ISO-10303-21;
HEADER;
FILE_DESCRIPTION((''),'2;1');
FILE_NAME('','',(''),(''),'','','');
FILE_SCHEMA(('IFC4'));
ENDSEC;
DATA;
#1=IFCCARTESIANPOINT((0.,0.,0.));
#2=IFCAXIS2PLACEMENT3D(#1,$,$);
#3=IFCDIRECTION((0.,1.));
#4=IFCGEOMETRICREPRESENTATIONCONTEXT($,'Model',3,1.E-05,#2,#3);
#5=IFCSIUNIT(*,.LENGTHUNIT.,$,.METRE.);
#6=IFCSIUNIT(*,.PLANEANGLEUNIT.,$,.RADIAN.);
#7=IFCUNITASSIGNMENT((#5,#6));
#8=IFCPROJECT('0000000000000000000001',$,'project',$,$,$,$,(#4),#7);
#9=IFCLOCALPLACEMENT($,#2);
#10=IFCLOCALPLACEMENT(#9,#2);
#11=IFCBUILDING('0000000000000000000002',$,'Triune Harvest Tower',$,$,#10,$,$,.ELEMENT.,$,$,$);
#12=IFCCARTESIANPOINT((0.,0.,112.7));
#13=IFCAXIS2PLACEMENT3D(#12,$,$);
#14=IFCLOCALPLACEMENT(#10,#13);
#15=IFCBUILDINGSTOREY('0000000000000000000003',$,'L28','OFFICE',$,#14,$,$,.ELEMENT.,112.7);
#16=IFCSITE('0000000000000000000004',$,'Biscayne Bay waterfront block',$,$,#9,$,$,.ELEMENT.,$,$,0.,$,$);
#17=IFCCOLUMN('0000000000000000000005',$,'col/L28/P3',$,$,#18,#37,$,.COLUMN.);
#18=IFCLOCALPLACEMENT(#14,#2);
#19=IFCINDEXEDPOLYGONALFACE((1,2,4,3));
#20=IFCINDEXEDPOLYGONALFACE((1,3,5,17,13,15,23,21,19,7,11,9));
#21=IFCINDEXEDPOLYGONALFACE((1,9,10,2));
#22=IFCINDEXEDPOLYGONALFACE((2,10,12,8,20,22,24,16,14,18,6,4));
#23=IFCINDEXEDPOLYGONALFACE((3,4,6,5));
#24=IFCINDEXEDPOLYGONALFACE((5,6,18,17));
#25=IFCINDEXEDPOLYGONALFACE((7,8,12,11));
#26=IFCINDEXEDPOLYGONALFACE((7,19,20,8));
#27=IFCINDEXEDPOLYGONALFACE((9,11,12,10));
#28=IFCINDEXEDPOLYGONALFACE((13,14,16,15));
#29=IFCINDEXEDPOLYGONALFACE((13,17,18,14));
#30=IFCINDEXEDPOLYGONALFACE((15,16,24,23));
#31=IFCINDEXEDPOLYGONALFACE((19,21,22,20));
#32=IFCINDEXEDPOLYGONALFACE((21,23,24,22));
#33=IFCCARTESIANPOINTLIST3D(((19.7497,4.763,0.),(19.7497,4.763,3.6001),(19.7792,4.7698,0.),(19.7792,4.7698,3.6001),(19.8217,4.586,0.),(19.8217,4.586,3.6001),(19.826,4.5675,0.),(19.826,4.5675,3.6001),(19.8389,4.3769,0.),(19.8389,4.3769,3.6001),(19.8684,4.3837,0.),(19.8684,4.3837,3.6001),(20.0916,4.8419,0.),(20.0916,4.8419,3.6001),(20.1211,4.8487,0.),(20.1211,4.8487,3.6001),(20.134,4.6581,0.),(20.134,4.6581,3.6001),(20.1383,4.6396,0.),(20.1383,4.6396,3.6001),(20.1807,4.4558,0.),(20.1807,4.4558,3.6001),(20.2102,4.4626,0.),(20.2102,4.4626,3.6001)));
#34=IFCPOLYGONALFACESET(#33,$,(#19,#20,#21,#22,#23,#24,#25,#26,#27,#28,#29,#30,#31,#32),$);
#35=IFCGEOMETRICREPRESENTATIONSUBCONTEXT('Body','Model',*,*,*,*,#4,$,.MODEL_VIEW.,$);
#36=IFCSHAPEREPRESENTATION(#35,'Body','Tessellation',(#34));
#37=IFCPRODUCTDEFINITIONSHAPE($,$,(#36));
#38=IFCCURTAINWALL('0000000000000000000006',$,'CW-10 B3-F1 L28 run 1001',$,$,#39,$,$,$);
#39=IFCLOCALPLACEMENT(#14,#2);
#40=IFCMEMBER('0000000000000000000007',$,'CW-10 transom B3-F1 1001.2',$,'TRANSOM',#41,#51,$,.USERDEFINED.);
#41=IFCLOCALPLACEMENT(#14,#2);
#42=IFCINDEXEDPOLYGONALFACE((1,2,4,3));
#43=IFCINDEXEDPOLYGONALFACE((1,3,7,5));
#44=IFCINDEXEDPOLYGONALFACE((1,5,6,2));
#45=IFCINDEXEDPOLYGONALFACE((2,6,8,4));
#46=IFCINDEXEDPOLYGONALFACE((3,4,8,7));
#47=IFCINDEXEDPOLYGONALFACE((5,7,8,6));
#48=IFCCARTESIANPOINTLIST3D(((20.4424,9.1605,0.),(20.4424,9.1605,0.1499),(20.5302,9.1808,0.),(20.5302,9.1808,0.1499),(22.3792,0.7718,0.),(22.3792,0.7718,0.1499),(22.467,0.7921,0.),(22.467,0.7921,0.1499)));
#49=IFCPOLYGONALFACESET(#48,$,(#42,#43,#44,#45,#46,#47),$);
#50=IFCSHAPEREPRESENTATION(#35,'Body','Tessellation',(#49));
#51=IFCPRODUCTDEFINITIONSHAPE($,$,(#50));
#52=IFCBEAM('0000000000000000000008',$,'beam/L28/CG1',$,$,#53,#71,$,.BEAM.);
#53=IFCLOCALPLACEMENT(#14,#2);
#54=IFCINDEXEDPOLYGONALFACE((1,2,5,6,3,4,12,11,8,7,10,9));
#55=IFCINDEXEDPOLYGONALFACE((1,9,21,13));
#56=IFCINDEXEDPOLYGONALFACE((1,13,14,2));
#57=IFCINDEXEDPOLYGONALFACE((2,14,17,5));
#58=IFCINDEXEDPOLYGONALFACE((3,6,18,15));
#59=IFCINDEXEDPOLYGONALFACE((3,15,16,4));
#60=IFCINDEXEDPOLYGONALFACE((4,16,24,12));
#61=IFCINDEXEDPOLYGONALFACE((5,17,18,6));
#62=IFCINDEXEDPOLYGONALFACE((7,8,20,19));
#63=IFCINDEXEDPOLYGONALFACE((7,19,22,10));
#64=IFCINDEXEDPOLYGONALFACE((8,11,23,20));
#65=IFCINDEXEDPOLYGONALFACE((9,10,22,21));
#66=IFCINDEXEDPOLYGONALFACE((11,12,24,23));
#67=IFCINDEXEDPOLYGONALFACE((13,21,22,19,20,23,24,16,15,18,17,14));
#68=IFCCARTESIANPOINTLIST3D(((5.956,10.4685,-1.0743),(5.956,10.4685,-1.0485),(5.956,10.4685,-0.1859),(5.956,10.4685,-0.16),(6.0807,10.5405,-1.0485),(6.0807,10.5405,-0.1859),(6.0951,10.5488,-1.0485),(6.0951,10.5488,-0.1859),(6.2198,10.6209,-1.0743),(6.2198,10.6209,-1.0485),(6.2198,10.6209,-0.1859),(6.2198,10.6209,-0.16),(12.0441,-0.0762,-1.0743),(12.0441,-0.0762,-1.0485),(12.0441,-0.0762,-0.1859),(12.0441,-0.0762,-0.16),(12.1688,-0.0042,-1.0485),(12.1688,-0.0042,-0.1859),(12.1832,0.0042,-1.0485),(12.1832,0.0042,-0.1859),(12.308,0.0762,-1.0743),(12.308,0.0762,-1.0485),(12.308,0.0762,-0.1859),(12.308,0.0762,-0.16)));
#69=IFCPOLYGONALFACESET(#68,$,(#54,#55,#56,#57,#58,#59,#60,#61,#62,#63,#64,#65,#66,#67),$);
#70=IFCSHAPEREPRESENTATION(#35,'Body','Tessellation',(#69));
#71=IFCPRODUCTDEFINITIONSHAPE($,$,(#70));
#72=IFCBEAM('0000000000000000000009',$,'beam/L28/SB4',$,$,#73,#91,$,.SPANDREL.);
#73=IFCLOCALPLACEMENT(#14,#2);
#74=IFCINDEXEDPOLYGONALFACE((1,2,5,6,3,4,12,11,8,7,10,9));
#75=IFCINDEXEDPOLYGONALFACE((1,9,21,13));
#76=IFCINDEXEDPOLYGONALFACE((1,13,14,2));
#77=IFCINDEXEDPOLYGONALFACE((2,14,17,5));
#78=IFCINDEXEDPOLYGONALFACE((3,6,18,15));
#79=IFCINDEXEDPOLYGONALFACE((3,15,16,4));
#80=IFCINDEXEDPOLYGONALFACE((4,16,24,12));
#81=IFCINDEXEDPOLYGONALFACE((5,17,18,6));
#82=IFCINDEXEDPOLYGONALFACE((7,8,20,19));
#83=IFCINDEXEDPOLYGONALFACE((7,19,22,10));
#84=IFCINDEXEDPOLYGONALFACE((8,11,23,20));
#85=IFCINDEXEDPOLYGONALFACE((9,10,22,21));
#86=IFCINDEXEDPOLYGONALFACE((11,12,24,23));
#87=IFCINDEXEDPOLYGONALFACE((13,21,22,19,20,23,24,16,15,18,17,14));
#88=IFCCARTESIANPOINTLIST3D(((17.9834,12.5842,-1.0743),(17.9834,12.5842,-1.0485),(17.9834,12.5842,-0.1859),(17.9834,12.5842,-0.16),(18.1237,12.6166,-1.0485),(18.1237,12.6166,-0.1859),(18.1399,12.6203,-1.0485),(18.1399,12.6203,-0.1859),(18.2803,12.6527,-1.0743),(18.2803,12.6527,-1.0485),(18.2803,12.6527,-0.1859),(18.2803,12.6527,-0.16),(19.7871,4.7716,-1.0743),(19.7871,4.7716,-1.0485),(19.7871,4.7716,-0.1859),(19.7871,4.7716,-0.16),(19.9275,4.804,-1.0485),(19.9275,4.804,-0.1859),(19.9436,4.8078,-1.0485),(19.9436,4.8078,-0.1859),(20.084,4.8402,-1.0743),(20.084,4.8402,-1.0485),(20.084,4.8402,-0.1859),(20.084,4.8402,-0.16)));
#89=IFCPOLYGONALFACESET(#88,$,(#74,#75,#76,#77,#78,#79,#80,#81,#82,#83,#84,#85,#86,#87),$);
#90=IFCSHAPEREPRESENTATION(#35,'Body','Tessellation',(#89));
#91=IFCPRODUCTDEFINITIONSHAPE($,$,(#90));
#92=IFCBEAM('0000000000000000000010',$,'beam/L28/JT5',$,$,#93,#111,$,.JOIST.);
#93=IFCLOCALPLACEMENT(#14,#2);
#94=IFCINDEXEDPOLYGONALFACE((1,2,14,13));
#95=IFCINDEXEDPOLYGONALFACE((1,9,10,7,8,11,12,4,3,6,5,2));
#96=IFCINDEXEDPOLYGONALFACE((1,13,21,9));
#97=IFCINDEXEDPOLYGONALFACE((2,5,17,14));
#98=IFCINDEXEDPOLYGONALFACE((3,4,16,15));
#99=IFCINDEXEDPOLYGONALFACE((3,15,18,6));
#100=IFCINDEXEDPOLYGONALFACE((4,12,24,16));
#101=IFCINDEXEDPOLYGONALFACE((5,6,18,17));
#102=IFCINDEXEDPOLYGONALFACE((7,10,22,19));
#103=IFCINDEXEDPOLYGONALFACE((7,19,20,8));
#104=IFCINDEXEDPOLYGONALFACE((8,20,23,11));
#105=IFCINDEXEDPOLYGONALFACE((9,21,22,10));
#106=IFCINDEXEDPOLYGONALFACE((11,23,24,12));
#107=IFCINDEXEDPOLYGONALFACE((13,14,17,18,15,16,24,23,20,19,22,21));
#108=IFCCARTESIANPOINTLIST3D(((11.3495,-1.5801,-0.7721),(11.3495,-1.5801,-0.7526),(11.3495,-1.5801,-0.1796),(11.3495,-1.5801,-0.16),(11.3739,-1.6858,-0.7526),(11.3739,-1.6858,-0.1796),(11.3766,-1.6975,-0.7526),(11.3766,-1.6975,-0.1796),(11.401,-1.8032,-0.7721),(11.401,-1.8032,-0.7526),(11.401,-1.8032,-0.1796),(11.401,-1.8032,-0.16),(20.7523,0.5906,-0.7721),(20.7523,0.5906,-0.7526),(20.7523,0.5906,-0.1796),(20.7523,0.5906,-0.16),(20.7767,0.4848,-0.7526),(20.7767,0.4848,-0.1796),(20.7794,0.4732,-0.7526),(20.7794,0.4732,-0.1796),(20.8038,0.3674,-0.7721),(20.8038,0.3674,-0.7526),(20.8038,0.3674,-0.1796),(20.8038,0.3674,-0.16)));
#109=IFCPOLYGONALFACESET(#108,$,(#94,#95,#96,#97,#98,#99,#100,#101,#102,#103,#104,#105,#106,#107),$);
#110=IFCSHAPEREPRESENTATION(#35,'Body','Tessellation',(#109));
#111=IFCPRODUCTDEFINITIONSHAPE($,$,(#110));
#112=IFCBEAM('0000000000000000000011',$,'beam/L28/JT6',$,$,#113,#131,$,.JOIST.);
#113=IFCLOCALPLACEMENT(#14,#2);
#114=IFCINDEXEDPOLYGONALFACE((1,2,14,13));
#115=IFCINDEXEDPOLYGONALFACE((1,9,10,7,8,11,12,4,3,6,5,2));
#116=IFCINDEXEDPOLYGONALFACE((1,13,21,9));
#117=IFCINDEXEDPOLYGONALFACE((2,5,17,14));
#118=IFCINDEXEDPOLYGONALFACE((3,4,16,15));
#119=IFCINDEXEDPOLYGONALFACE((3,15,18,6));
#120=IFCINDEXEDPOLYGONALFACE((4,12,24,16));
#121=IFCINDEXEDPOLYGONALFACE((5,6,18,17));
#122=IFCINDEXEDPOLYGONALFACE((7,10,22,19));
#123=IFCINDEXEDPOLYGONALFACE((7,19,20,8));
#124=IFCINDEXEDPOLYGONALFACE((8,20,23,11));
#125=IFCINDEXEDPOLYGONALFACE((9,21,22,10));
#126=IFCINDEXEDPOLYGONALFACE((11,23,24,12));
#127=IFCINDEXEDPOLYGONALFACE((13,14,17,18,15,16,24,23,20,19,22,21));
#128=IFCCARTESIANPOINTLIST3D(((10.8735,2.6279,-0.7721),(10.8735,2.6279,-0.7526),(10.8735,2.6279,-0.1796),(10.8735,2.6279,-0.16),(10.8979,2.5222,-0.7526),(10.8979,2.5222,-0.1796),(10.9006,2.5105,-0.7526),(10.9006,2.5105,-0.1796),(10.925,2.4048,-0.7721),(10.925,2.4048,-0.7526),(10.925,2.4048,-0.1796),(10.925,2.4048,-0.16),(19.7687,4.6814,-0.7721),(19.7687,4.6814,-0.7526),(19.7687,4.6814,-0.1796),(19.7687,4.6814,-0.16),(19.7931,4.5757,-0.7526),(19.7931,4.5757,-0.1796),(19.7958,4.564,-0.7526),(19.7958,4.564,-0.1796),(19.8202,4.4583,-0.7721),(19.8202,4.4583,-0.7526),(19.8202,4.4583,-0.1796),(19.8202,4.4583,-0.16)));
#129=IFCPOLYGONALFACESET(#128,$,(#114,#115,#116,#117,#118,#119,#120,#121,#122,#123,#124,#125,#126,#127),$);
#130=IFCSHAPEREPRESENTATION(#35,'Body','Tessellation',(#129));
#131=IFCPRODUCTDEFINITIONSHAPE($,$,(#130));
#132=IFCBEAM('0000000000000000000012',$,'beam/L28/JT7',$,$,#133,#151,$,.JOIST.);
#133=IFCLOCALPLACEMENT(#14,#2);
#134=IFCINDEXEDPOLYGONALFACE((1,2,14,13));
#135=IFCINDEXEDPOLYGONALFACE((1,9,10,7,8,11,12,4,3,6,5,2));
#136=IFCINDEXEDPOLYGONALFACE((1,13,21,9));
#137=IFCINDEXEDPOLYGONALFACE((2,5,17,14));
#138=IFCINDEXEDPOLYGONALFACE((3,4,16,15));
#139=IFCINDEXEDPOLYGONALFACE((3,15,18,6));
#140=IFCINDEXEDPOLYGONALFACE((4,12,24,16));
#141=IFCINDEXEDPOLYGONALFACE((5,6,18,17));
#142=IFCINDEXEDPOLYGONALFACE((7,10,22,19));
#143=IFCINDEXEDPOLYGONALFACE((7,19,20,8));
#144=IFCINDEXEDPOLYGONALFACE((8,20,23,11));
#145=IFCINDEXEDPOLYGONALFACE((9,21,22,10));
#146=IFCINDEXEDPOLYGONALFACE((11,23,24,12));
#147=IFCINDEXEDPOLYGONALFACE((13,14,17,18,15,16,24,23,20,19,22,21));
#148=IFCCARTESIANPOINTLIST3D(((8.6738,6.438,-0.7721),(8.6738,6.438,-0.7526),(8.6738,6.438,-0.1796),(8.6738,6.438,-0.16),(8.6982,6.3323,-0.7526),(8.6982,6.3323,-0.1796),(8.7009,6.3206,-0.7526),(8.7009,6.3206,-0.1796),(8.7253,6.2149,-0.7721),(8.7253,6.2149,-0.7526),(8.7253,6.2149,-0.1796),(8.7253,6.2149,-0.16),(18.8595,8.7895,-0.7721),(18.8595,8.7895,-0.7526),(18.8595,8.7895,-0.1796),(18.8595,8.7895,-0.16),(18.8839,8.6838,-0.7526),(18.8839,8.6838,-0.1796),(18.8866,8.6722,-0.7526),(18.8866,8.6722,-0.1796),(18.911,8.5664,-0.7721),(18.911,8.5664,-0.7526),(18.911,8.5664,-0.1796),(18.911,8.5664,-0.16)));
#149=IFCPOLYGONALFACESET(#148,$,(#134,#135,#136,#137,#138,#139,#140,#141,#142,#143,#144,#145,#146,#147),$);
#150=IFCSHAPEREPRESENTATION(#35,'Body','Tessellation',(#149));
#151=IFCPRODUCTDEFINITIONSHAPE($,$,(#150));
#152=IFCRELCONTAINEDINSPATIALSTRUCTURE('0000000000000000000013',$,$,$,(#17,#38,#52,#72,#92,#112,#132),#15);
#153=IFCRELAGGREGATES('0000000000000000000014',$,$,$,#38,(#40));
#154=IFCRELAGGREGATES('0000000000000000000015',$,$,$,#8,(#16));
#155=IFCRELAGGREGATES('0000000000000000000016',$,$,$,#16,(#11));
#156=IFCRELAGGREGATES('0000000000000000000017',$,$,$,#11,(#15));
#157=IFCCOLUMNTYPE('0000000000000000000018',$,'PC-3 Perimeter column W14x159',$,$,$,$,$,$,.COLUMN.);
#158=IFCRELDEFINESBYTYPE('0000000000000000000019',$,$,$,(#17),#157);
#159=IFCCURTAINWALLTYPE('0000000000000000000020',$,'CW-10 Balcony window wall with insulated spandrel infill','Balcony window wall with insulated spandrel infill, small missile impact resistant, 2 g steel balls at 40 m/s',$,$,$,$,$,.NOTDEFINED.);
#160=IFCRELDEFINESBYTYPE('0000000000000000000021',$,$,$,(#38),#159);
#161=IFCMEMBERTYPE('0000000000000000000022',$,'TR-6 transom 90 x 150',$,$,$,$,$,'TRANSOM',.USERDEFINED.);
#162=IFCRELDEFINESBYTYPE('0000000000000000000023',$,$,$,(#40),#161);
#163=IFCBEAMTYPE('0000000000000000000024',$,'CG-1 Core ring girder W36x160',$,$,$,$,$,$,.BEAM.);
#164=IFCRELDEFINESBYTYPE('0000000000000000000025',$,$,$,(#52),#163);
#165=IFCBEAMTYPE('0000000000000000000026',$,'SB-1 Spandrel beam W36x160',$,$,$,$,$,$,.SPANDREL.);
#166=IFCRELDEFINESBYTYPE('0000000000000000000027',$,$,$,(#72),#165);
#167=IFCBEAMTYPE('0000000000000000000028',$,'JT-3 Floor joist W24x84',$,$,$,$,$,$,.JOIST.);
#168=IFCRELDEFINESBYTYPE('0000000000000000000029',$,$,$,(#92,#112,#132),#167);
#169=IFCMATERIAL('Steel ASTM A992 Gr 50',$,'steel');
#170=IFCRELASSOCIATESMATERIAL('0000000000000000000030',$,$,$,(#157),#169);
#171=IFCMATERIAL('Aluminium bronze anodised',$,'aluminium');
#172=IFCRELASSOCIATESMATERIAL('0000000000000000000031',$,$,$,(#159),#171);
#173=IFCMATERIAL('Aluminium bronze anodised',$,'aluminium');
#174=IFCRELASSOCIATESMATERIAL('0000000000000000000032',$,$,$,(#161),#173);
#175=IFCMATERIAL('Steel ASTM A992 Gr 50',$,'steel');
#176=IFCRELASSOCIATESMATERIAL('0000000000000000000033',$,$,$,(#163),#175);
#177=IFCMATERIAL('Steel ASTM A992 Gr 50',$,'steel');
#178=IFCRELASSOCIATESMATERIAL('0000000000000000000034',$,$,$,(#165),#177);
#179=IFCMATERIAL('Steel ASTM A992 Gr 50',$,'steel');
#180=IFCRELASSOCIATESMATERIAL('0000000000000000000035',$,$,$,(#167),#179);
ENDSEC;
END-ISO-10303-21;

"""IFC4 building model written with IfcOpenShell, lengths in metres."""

from ifc_helpers import new_model, si_unit, direction, frame, origin, origin_2d, place, context, subcontext, project, spatial, rectangle, i_section, extrude, source, transform, mapped, material, material_profile, profile_set, type_object, element, aggregate, save


model = new_model("IFC4")

# Units and contexts
model_context = context("Model", 3, precision=1e-05, world=origin(), true_north=direction((0.0, 1.0)))
body_context = subcontext(model_context, "Body", "Model", "MODEL_VIEW")
ifc_project = project(units=[si_unit("LENGTHUNIT", "METRE"), si_unit("PLANEANGLEUNIT", "RADIAN")], contexts=[model_context])

# Site, building, storey
site_placement = place(None, origin())
site = spatial("IfcSite", under=ifc_project, at=site_placement, Name="Biscayne Bay waterfront block", CompositionType="ELEMENT", RefElevation=0.0)
building_placement = place(site_placement, origin())
building = spatial("IfcBuilding", under=site, at=building_placement, Name="Triune Harvest Tower", CompositionType="ELEMENT")
storey_placement = place(building_placement, frame((0.0, 0.0, 112.7)))
storey = spatial("IfcBuildingStorey", under=building, at=storey_placement, Name="L28", Description="OFFICE", CompositionType="ELEMENT", Elevation=112.7)

# Column
ifc_material_1 = material(Name="Steel ASTM A992 Gr 50", Category="steel")
ifc_material_profile_1 = material_profile(ifc_material_1, i_section(OverallWidth=0.3962, OverallDepth=0.3811, WebThickness=0.019, FlangeThickness=0.0303, at=origin_2d()), Name="W14x159")
ifc_profile_set_1 = profile_set([ifc_material_profile_1], Name="Steel ASTM A992 Gr 50")
column_type = type_object("IfcColumnType", Name="PC-3 Perimeter column W14x159", PredefinedType="COLUMN", material=ifc_profile_set_1)
shared_shape_1 = source(origin(), body_context, "Body", "SweptSolid", [
    extrude(i_section(OverallWidth=0.3962, OverallDepth=0.3811, WebThickness=0.019, FlangeThickness=0.0303, at=origin_2d()), origin(), (0.0, 0.0, 1.0), 3.6001),
])
column_placement = place(storey_placement, frame((19.98, 4.6128, 0.0), z_axis=(0.0, 0.0, 1.0), x_axis=(-0.224953, 0.97437, 0.0)))
element("IfcColumn", 1, at=column_placement, inside=storey, type_object=column_type, Name="col/L28/P3", PredefinedType="COLUMN", context=body_context, shape_type="MappedRepresentation", body=[
    mapped(shared_shape_1, transform((0.0, 0.0, 0.0), scale=1.0)),
])

# Curtain wall, member
ifc_material_2 = material(Name="Aluminium bronze anodised", Category="aluminium")
curtain_wall_type = type_object("IfcCurtainWallType", Name="CW-10 Balcony window wall with insulated spandrel infill", Description="Balcony window wall with insulated spandrel infill, small missile impact resistant, 2 g steel balls at 40 m/s", PredefinedType="NOTDEFINED", material=ifc_material_2)
curtain_wall_placement = place(storey_placement, origin())
curtain_wall = element("IfcCurtainWall", 2, at=curtain_wall_placement, inside=storey, type_object=curtain_wall_type, Name="CW-10 B3-F1 L28 run 1001")
ifc_material_3 = material(Name="Aluminium bronze anodised", Category="aluminium")
ifc_material_profile_2 = material_profile(ifc_material_3, rectangle(XDim=0.0901, YDim=0.1499, at=origin_2d()), Name="TR-6 transom 90 x 150")
ifc_profile_set_2 = profile_set([ifc_material_profile_2], Name="Aluminium bronze anodised")
member_type_1 = type_object("IfcMemberType", Name="TR-6 transom 90 x 150", ElementType="TRANSOM", PredefinedType="USERDEFINED", material=ifc_profile_set_2)
member_1_placement = place(storey_placement, frame((22.4231, 0.782, 0.075), z_axis=(-0.224961, 0.974368, 0.0), x_axis=(-0.974368, -0.224961, 0.0)))
member_1 = element("IfcMember", 3, at=member_1_placement, type_object=member_type_1, Name="CW-10 transom B3-F1 1001.2", ObjectType="TRANSOM", PredefinedType="USERDEFINED", context=body_context, shape_type="SweptSolid", body=[
    extrude(rectangle(XDim=0.0901, YDim=0.1499, at=origin_2d()), origin(), (0.0, 0.0, 1.0), 8.6094),
])

# Beams
ifc_material_4 = material(Name="Steel ASTM A992 Gr 50", Category="steel")
ifc_material_profile_3 = material_profile(ifc_material_4, i_section(OverallWidth=0.3047, OverallDepth=0.9143, WebThickness=0.0166, FlangeThickness=0.0259, at=origin_2d()), Name="W36x160")
ifc_profile_set_3 = profile_set([ifc_material_profile_3], Name="Steel ASTM A992 Gr 50")
beam_type_1 = type_object("IfcBeamType", Name="CG-1 Core ring girder W36x160", PredefinedType="BEAM", material=ifc_profile_set_3)
shared_shape_2 = source(origin(), body_context, "Body", "SweptSolid", [
    extrude(i_section(OverallWidth=0.3047, OverallDepth=0.9143, WebThickness=0.0166, FlangeThickness=0.0259, at=origin_2d()), origin(), (0.0, 0.0, 1.0), 12.176),
])
beam_1_placement = place(storey_placement, frame((12.176, 0.0, -0.6172), z_axis=(-0.50001, 0.86602, 0.0), x_axis=(-0.86602, -0.50001, 0.0)))
element("IfcBeam", 4, at=beam_1_placement, inside=storey, type_object=beam_type_1, Name="beam/L28/CG1", PredefinedType="BEAM", context=body_context, shape_type="MappedRepresentation", body=[
    mapped(shared_shape_2, transform((0.0, 0.0, 0.0), scale=1.0)),
])
ifc_material_5 = material(Name="Steel ASTM A992 Gr 50", Category="steel")
ifc_material_profile_4 = material_profile(ifc_material_5, i_section(OverallWidth=0.3047, OverallDepth=0.9143, WebThickness=0.0166, FlangeThickness=0.0259, at=origin_2d()), Name="W36x160")
ifc_profile_set_4 = profile_set([ifc_material_profile_4], Name="Steel ASTM A992 Gr 50")
beam_type_2 = type_object("IfcBeamType", Name="SB-1 Spandrel beam W36x160", PredefinedType="SPANDREL", material=ifc_profile_set_4)
shared_shape_3 = source(origin(), body_context, "Body", "SweptSolid", [
    extrude(i_section(OverallWidth=0.3047, OverallDepth=0.9143, WebThickness=0.0166, FlangeThickness=0.0259, at=origin_2d()), origin(), (0.0, 0.0, 1.0), 8.0181),
])
beam_2_placement = place(storey_placement, frame((19.9355, 4.8059, -0.6172), z_axis=(-0.224957, 0.974369, 0.0), x_axis=(-0.974369, -0.224957, 0.0)))
element("IfcBeam", 5, at=beam_2_placement, inside=storey, type_object=beam_type_2, Name="beam/L28/SB4", PredefinedType="SPANDREL", context=body_context, shape_type="MappedRepresentation", body=[
    mapped(shared_shape_3, transform((0.0, 0.0, 0.0), scale=1.0)),
])
ifc_material_6 = material(Name="Steel ASTM A992 Gr 50", Category="steel")
ifc_material_profile_5 = material_profile(ifc_material_6, i_section(OverallWidth=0.229, OverallDepth=0.6121, WebThickness=0.012, FlangeThickness=0.0195, at=origin_2d()), Name="W24x84")
ifc_profile_set_5 = profile_set([ifc_material_profile_5], Name="Steel ASTM A992 Gr 50")
beam_type_3 = type_object("IfcBeamType", Name="JT-3 Floor joist W24x84", PredefinedType="JOIST", material=ifc_profile_set_5)
shared_shape_4 = source(origin(), body_context, "Body", "SweptSolid", [
    extrude(i_section(OverallWidth=0.229, OverallDepth=0.6121, WebThickness=0.012, FlangeThickness=0.0195, at=origin_2d()), origin(), (0.0, 0.0, 1.0), 9.6501),
])
beam_3_placement = place(storey_placement, frame((20.7781, 0.479, -0.4661), z_axis=(-0.974374, -0.224935, 0.0), x_axis=(0.224935, -0.974374, 0.0)))
element("IfcBeam", 6, at=beam_3_placement, inside=storey, type_object=beam_type_3, Name="beam/L28/JT5", PredefinedType="JOIST", context=body_context, shape_type="MappedRepresentation", body=[
    mapped(shared_shape_4, transform((0.0, 0.0, 0.0), scale=1.0)),
])
shared_shape_5 = source(origin(), body_context, "Body", "SweptSolid", [
    extrude(i_section(OverallWidth=0.229, OverallDepth=0.6121, WebThickness=0.012, FlangeThickness=0.0195, at=origin_2d()), origin(), (0.0, 0.0, 1.0), 9.1292),
])
beam_4_placement = place(storey_placement, frame((19.7944, 4.5698, -0.4661), z_axis=(-0.974374, -0.224934, 0.0), x_axis=(0.224934, -0.974374, 0.0)))
element("IfcBeam", 7, at=beam_4_placement, inside=storey, type_object=beam_type_3, Name="beam/L28/JT6", PredefinedType="JOIST", context=body_context, shape_type="MappedRepresentation", body=[
    mapped(shared_shape_5, transform((0.0, 0.0, 0.0), scale=1.0)),
])
shared_shape_6 = source(origin(), body_context, "Body", "SweptSolid", [
    extrude(i_section(OverallWidth=0.229, OverallDepth=0.6121, WebThickness=0.012, FlangeThickness=0.0195, at=origin_2d()), origin(), (0.0, 0.0, 1.0), 10.4536),
])
beam_5_placement = place(storey_placement, frame((18.8853, 8.678, -0.4661), z_axis=(-0.97437, -0.22495, 0.0), x_axis=(0.22495, -0.97437, 0.0)))
element("IfcBeam", 8, at=beam_5_placement, inside=storey, type_object=beam_type_3, Name="beam/L28/JT7", PredefinedType="JOIST", context=body_context, shape_type="MappedRepresentation", body=[
    mapped(shared_shape_6, transform((0.0, 0.0, 0.0), scale=1.0)),
])

aggregate(curtain_wall, [member_1])

save(model, "model.ifc")
